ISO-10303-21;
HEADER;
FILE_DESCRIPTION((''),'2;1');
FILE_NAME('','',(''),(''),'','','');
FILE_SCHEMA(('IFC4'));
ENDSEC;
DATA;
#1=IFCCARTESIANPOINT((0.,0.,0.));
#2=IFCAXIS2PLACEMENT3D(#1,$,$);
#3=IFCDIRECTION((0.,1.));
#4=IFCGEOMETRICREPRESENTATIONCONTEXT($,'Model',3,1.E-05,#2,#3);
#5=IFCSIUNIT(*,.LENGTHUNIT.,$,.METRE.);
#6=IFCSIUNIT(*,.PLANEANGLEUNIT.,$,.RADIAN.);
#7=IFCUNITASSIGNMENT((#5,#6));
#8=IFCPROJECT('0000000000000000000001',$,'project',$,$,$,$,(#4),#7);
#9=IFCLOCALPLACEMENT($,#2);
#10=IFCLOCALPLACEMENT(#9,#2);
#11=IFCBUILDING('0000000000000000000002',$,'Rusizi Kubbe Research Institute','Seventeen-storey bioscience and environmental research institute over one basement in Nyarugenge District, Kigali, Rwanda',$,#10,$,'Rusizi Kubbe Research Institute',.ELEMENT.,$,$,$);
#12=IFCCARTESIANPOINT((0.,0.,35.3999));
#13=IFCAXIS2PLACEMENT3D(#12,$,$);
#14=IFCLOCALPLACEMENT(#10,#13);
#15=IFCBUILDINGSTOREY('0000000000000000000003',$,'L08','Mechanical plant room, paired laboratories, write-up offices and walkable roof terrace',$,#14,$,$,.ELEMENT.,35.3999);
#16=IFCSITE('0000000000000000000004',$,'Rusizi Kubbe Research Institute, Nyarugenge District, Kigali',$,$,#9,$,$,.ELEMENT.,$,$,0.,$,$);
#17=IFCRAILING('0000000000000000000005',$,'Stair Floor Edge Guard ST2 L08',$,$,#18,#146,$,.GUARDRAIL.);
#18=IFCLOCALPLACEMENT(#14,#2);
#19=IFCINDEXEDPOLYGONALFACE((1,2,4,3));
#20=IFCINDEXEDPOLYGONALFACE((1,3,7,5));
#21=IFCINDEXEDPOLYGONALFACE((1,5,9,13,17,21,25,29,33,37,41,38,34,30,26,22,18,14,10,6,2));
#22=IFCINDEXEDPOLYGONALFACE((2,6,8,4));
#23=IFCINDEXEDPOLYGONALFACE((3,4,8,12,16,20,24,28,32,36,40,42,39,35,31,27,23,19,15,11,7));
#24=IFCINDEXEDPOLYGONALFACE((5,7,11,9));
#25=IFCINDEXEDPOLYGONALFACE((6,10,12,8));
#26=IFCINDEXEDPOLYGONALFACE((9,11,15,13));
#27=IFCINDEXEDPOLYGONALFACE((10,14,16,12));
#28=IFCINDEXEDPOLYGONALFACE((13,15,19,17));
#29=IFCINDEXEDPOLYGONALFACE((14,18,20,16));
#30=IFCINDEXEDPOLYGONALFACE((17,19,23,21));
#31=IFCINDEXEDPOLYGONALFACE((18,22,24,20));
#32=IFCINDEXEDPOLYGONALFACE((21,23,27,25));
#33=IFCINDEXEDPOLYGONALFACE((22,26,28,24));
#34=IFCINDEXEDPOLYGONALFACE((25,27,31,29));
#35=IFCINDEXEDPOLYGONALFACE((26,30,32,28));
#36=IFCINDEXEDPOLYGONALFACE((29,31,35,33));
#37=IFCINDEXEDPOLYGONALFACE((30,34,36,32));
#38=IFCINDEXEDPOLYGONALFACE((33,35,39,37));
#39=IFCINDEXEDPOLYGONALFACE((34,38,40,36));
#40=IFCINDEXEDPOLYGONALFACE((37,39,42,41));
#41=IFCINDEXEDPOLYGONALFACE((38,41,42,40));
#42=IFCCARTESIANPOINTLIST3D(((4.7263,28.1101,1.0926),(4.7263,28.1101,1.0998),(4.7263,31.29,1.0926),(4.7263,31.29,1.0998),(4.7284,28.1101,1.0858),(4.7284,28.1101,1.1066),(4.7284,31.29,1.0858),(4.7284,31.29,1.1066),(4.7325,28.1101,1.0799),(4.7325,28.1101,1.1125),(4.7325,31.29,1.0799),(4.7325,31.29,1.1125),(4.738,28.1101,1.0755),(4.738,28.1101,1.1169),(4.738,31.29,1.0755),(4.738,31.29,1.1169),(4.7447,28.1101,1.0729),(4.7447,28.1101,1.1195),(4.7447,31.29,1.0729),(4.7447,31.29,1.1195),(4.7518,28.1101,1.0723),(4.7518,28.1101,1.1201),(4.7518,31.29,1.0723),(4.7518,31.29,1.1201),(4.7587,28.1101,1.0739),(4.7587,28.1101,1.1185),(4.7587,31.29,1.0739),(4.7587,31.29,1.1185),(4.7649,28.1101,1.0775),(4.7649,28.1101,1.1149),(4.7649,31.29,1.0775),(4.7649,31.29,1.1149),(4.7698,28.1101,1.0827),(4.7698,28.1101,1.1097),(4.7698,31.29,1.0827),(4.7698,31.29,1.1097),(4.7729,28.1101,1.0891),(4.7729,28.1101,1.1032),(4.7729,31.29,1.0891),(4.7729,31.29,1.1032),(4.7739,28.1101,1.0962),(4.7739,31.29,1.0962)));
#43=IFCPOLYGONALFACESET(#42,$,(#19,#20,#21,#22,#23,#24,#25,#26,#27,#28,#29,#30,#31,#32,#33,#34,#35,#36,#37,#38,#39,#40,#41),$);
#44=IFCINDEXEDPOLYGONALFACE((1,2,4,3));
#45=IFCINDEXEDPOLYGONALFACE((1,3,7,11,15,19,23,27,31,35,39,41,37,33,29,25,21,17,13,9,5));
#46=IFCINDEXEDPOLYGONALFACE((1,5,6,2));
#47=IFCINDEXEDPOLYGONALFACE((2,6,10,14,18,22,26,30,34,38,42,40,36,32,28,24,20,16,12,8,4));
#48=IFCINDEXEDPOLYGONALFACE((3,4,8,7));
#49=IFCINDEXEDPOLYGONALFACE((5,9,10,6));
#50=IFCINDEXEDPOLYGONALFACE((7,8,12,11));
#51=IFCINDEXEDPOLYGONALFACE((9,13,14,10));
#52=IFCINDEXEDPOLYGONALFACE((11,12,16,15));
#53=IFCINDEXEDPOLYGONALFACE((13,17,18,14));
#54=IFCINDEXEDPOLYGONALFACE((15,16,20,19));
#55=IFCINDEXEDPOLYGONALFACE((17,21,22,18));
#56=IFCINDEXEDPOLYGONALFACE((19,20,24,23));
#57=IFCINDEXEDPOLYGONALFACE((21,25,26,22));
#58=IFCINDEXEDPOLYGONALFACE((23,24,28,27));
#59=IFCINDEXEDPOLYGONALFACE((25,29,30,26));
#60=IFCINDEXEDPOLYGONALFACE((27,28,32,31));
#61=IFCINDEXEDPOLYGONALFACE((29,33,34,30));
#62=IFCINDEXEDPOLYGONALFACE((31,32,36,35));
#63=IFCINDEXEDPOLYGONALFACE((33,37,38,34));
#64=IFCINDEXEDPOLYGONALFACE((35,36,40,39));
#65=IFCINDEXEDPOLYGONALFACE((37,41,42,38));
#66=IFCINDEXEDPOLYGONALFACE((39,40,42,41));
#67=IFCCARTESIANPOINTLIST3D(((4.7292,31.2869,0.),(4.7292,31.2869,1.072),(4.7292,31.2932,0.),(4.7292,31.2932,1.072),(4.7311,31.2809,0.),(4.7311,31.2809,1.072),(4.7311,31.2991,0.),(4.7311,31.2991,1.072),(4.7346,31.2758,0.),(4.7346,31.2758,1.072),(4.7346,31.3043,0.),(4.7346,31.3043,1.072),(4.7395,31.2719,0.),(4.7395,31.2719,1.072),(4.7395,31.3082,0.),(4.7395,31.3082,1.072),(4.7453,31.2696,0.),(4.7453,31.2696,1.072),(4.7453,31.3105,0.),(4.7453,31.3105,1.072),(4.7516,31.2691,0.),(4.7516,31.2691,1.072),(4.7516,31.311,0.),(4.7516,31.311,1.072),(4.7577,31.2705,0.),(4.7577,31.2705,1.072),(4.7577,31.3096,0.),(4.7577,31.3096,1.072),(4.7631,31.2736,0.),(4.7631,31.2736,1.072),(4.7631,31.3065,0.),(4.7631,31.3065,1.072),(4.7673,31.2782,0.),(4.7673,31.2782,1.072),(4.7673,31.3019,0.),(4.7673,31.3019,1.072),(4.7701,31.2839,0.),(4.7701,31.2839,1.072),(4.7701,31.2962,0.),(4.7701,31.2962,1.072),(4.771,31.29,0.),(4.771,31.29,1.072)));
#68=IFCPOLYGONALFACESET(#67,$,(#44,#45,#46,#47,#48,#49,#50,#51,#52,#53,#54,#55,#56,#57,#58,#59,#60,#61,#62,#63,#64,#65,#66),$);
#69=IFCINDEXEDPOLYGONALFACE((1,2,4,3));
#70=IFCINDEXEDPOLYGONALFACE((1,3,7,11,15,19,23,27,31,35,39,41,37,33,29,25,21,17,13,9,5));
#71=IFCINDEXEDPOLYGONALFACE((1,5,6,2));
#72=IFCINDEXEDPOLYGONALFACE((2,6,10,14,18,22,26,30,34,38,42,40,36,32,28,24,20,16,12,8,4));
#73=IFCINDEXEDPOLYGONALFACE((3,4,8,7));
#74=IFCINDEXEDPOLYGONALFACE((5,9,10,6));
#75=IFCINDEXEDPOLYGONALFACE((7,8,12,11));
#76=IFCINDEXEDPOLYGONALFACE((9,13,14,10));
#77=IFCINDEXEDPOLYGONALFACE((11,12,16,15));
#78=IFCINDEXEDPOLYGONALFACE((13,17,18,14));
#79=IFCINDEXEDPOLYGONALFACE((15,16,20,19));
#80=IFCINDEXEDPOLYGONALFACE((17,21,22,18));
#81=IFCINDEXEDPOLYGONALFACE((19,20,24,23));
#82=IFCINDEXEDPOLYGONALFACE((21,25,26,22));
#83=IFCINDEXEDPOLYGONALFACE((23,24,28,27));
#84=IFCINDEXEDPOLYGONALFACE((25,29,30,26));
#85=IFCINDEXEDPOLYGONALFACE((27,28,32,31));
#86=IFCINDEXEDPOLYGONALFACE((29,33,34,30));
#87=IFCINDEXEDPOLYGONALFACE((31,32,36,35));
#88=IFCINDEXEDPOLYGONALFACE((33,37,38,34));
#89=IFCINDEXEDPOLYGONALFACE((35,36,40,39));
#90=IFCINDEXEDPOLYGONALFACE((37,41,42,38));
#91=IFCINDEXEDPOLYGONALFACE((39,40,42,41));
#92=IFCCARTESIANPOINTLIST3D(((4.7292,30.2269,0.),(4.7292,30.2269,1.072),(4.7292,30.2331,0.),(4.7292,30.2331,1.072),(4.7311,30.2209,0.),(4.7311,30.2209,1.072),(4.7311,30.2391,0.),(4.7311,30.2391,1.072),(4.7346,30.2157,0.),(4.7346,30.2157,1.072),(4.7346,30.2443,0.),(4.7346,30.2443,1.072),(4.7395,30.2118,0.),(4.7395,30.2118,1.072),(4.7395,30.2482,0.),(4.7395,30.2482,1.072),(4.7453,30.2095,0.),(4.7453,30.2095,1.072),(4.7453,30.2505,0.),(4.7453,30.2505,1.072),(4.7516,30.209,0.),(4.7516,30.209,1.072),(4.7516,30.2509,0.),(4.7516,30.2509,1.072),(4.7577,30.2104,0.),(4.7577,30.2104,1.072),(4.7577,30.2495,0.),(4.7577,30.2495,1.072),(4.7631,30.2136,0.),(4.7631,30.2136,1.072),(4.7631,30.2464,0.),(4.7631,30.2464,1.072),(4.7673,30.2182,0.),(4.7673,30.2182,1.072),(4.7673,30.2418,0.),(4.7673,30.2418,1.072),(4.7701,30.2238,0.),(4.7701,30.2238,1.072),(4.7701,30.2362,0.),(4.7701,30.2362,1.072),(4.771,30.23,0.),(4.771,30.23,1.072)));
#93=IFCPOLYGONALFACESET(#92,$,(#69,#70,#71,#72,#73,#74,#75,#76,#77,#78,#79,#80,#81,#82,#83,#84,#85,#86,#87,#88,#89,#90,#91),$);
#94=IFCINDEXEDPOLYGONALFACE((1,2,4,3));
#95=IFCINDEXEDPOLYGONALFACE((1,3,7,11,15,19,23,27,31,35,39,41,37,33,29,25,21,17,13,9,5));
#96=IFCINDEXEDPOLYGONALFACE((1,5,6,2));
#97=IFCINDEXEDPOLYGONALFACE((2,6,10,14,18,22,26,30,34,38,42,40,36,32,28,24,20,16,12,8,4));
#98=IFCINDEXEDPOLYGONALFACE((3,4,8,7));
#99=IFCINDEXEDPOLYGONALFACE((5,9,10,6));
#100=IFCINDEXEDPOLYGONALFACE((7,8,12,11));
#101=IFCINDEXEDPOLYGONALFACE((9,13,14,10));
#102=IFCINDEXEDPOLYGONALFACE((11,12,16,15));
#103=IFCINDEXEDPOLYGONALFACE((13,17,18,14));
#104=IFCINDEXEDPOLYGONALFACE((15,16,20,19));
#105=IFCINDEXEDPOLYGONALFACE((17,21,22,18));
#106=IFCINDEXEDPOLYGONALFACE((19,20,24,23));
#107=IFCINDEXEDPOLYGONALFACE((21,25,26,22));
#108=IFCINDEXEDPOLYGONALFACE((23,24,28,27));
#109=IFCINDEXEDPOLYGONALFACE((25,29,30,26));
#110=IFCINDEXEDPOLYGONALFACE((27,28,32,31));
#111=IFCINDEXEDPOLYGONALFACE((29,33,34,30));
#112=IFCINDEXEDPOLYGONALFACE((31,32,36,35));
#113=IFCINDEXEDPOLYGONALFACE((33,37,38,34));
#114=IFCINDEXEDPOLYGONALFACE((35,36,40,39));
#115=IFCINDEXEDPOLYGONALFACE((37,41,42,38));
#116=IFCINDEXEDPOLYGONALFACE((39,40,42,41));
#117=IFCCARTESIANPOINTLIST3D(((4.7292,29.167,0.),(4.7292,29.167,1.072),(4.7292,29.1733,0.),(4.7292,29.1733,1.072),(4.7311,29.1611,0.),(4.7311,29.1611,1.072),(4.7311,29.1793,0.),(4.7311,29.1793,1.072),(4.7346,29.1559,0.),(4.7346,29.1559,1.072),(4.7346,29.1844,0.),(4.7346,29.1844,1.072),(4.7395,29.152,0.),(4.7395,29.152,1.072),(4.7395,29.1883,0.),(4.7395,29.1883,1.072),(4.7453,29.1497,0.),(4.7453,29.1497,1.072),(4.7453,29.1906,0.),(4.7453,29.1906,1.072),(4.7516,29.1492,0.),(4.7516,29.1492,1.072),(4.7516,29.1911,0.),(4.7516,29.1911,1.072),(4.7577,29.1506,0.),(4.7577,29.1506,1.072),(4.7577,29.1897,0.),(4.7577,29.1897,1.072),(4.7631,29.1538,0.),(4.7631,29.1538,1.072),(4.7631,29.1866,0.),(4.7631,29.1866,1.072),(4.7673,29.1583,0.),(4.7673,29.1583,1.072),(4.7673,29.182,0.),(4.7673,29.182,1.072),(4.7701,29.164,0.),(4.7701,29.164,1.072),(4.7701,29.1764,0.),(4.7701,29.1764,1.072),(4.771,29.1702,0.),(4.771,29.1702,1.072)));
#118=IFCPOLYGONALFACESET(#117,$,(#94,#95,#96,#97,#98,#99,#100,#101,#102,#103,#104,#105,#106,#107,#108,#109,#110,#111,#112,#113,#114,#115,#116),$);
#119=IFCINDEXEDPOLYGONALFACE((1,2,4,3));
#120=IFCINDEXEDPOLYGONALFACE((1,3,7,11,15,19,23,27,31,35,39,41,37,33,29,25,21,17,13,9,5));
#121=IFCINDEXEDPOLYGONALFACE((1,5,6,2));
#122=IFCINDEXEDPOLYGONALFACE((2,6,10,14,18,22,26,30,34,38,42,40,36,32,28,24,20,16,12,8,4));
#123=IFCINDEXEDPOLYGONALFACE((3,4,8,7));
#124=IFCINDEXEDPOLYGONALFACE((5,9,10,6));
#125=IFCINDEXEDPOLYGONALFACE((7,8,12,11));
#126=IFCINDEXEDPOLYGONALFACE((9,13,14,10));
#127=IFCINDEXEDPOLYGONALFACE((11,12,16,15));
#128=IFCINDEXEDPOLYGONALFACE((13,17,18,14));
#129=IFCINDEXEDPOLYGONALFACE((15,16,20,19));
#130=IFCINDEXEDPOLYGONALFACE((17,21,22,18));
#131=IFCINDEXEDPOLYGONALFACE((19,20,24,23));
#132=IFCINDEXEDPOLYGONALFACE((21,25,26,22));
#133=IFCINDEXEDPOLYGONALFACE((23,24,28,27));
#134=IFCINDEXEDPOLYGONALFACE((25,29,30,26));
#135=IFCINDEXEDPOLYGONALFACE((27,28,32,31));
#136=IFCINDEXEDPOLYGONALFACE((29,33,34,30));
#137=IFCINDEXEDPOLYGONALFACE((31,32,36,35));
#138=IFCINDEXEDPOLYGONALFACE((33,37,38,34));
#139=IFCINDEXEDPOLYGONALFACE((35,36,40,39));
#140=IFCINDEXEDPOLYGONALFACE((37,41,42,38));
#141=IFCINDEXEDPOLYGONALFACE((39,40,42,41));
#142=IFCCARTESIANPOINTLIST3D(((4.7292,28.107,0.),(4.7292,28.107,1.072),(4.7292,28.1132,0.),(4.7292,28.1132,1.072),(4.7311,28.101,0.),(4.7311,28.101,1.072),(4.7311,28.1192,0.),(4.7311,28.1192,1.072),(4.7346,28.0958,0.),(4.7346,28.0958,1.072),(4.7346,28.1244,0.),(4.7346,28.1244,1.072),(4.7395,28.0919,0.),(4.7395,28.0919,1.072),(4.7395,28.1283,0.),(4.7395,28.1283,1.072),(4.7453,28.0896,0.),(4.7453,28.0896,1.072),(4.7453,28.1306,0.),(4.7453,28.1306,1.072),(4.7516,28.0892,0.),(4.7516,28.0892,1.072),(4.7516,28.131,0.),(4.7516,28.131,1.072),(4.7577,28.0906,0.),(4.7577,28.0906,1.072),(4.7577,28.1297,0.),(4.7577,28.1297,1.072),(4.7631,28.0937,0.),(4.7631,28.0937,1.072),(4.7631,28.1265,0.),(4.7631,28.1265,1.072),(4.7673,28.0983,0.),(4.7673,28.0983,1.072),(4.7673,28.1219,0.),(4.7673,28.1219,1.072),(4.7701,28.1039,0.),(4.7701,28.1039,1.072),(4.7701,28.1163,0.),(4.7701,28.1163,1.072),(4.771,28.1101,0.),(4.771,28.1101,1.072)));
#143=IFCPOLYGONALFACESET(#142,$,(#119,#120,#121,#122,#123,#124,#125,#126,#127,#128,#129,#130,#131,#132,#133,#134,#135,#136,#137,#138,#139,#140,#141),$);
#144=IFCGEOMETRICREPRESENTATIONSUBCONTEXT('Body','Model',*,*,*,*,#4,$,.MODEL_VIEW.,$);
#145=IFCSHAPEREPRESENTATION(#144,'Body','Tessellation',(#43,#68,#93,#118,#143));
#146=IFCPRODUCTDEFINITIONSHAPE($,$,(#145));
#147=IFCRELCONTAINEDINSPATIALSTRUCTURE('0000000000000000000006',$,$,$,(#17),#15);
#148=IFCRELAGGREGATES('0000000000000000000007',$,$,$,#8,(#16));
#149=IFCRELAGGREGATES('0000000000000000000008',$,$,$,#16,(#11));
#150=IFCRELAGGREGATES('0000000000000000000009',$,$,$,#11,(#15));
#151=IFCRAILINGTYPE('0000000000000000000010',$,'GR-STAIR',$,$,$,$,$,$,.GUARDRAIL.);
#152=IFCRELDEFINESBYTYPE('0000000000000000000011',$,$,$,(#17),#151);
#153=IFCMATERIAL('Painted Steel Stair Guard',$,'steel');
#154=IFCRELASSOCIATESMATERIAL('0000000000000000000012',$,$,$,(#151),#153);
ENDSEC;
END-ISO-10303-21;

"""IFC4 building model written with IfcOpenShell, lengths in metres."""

from ifc_helpers import new_model, si_unit, direction, frame, origin, origin_2d, place, context, subcontext, project, spatial, circle, extrude, material, type_object, element, save


model = new_model("IFC4")

# Units and contexts
model_context = context("Model", 3, precision=1e-05, world=origin(), true_north=direction((0.0, 1.0)))
body_context = subcontext(model_context, "Body", "Model", "MODEL_VIEW")
ifc_project = project(units=[si_unit("LENGTHUNIT", "METRE"), si_unit("PLANEANGLEUNIT", "RADIAN")], contexts=[model_context])

# Site, building, storey
site_placement = place(None, origin())
site = spatial("IfcSite", under=ifc_project, at=site_placement, Name="Rusizi Kubbe Research Institute, Nyarugenge District, Kigali", CompositionType="ELEMENT", RefElevation=0.0)
building_placement = place(site_placement, origin())
building = spatial("IfcBuilding", under=site, at=building_placement, Name="Rusizi Kubbe Research Institute", Description="Seventeen-storey bioscience and environmental research institute over one basement in Nyarugenge District, Kigali, Rwanda", LongName="Rusizi Kubbe Research Institute", CompositionType="ELEMENT")
storey_placement = place(building_placement, frame((0.0, 0.0, 35.3999)))
storey = spatial("IfcBuildingStorey", under=building, at=storey_placement, Name="L08", Description="Mechanical plant room, paired laboratories, write-up offices and walkable roof terrace", CompositionType="ELEMENT", Elevation=35.3999)

# Railing
ifc_material_1 = material(Name="Painted Steel Stair Guard", Category="steel")
railing_type_1 = type_object("IfcRailingType", Name="GR-STAIR", PredefinedType="GUARDRAIL", material=ifc_material_1)
railing_1_placement = place(storey_placement, frame((4.75, 31.29, 0.0)))
element("IfcRailing", 1, at=railing_1_placement, inside=storey, type_object=railing_type_1, Name="Stair Floor Edge Guard ST2 L08", PredefinedType="GUARDRAIL", context=body_context, shape_type="SweptSolid", body=[
    extrude(circle(Radius=0.0239, at=origin_2d()), frame((0.0, 0.0, 1.0962), z_axis=(0.0, -1.0, 0.0), x_axis=(1.0, 0.0, 0.0)), (0.0, 0.0, 1.0), 3.1799),
    extrude(circle(Radius=0.021, at=origin_2d()), origin(), (0.0, 0.0, 1.0), 1.072),
    extrude(circle(Radius=0.021, at=origin_2d()), frame((0.0, -1.0601, 0.0)), (0.0, 0.0, 1.0), 1.072),
    extrude(circle(Radius=0.021, at=origin_2d()), frame((0.0, -2.1199, 0.0)), (0.0, 0.0, 1.0), 1.072),
    extrude(circle(Radius=0.021, at=origin_2d()), frame((0.0, -3.1799, 0.0)), (0.0, 0.0, 1.0), 1.072),
])

save(model, "model.ifc")
